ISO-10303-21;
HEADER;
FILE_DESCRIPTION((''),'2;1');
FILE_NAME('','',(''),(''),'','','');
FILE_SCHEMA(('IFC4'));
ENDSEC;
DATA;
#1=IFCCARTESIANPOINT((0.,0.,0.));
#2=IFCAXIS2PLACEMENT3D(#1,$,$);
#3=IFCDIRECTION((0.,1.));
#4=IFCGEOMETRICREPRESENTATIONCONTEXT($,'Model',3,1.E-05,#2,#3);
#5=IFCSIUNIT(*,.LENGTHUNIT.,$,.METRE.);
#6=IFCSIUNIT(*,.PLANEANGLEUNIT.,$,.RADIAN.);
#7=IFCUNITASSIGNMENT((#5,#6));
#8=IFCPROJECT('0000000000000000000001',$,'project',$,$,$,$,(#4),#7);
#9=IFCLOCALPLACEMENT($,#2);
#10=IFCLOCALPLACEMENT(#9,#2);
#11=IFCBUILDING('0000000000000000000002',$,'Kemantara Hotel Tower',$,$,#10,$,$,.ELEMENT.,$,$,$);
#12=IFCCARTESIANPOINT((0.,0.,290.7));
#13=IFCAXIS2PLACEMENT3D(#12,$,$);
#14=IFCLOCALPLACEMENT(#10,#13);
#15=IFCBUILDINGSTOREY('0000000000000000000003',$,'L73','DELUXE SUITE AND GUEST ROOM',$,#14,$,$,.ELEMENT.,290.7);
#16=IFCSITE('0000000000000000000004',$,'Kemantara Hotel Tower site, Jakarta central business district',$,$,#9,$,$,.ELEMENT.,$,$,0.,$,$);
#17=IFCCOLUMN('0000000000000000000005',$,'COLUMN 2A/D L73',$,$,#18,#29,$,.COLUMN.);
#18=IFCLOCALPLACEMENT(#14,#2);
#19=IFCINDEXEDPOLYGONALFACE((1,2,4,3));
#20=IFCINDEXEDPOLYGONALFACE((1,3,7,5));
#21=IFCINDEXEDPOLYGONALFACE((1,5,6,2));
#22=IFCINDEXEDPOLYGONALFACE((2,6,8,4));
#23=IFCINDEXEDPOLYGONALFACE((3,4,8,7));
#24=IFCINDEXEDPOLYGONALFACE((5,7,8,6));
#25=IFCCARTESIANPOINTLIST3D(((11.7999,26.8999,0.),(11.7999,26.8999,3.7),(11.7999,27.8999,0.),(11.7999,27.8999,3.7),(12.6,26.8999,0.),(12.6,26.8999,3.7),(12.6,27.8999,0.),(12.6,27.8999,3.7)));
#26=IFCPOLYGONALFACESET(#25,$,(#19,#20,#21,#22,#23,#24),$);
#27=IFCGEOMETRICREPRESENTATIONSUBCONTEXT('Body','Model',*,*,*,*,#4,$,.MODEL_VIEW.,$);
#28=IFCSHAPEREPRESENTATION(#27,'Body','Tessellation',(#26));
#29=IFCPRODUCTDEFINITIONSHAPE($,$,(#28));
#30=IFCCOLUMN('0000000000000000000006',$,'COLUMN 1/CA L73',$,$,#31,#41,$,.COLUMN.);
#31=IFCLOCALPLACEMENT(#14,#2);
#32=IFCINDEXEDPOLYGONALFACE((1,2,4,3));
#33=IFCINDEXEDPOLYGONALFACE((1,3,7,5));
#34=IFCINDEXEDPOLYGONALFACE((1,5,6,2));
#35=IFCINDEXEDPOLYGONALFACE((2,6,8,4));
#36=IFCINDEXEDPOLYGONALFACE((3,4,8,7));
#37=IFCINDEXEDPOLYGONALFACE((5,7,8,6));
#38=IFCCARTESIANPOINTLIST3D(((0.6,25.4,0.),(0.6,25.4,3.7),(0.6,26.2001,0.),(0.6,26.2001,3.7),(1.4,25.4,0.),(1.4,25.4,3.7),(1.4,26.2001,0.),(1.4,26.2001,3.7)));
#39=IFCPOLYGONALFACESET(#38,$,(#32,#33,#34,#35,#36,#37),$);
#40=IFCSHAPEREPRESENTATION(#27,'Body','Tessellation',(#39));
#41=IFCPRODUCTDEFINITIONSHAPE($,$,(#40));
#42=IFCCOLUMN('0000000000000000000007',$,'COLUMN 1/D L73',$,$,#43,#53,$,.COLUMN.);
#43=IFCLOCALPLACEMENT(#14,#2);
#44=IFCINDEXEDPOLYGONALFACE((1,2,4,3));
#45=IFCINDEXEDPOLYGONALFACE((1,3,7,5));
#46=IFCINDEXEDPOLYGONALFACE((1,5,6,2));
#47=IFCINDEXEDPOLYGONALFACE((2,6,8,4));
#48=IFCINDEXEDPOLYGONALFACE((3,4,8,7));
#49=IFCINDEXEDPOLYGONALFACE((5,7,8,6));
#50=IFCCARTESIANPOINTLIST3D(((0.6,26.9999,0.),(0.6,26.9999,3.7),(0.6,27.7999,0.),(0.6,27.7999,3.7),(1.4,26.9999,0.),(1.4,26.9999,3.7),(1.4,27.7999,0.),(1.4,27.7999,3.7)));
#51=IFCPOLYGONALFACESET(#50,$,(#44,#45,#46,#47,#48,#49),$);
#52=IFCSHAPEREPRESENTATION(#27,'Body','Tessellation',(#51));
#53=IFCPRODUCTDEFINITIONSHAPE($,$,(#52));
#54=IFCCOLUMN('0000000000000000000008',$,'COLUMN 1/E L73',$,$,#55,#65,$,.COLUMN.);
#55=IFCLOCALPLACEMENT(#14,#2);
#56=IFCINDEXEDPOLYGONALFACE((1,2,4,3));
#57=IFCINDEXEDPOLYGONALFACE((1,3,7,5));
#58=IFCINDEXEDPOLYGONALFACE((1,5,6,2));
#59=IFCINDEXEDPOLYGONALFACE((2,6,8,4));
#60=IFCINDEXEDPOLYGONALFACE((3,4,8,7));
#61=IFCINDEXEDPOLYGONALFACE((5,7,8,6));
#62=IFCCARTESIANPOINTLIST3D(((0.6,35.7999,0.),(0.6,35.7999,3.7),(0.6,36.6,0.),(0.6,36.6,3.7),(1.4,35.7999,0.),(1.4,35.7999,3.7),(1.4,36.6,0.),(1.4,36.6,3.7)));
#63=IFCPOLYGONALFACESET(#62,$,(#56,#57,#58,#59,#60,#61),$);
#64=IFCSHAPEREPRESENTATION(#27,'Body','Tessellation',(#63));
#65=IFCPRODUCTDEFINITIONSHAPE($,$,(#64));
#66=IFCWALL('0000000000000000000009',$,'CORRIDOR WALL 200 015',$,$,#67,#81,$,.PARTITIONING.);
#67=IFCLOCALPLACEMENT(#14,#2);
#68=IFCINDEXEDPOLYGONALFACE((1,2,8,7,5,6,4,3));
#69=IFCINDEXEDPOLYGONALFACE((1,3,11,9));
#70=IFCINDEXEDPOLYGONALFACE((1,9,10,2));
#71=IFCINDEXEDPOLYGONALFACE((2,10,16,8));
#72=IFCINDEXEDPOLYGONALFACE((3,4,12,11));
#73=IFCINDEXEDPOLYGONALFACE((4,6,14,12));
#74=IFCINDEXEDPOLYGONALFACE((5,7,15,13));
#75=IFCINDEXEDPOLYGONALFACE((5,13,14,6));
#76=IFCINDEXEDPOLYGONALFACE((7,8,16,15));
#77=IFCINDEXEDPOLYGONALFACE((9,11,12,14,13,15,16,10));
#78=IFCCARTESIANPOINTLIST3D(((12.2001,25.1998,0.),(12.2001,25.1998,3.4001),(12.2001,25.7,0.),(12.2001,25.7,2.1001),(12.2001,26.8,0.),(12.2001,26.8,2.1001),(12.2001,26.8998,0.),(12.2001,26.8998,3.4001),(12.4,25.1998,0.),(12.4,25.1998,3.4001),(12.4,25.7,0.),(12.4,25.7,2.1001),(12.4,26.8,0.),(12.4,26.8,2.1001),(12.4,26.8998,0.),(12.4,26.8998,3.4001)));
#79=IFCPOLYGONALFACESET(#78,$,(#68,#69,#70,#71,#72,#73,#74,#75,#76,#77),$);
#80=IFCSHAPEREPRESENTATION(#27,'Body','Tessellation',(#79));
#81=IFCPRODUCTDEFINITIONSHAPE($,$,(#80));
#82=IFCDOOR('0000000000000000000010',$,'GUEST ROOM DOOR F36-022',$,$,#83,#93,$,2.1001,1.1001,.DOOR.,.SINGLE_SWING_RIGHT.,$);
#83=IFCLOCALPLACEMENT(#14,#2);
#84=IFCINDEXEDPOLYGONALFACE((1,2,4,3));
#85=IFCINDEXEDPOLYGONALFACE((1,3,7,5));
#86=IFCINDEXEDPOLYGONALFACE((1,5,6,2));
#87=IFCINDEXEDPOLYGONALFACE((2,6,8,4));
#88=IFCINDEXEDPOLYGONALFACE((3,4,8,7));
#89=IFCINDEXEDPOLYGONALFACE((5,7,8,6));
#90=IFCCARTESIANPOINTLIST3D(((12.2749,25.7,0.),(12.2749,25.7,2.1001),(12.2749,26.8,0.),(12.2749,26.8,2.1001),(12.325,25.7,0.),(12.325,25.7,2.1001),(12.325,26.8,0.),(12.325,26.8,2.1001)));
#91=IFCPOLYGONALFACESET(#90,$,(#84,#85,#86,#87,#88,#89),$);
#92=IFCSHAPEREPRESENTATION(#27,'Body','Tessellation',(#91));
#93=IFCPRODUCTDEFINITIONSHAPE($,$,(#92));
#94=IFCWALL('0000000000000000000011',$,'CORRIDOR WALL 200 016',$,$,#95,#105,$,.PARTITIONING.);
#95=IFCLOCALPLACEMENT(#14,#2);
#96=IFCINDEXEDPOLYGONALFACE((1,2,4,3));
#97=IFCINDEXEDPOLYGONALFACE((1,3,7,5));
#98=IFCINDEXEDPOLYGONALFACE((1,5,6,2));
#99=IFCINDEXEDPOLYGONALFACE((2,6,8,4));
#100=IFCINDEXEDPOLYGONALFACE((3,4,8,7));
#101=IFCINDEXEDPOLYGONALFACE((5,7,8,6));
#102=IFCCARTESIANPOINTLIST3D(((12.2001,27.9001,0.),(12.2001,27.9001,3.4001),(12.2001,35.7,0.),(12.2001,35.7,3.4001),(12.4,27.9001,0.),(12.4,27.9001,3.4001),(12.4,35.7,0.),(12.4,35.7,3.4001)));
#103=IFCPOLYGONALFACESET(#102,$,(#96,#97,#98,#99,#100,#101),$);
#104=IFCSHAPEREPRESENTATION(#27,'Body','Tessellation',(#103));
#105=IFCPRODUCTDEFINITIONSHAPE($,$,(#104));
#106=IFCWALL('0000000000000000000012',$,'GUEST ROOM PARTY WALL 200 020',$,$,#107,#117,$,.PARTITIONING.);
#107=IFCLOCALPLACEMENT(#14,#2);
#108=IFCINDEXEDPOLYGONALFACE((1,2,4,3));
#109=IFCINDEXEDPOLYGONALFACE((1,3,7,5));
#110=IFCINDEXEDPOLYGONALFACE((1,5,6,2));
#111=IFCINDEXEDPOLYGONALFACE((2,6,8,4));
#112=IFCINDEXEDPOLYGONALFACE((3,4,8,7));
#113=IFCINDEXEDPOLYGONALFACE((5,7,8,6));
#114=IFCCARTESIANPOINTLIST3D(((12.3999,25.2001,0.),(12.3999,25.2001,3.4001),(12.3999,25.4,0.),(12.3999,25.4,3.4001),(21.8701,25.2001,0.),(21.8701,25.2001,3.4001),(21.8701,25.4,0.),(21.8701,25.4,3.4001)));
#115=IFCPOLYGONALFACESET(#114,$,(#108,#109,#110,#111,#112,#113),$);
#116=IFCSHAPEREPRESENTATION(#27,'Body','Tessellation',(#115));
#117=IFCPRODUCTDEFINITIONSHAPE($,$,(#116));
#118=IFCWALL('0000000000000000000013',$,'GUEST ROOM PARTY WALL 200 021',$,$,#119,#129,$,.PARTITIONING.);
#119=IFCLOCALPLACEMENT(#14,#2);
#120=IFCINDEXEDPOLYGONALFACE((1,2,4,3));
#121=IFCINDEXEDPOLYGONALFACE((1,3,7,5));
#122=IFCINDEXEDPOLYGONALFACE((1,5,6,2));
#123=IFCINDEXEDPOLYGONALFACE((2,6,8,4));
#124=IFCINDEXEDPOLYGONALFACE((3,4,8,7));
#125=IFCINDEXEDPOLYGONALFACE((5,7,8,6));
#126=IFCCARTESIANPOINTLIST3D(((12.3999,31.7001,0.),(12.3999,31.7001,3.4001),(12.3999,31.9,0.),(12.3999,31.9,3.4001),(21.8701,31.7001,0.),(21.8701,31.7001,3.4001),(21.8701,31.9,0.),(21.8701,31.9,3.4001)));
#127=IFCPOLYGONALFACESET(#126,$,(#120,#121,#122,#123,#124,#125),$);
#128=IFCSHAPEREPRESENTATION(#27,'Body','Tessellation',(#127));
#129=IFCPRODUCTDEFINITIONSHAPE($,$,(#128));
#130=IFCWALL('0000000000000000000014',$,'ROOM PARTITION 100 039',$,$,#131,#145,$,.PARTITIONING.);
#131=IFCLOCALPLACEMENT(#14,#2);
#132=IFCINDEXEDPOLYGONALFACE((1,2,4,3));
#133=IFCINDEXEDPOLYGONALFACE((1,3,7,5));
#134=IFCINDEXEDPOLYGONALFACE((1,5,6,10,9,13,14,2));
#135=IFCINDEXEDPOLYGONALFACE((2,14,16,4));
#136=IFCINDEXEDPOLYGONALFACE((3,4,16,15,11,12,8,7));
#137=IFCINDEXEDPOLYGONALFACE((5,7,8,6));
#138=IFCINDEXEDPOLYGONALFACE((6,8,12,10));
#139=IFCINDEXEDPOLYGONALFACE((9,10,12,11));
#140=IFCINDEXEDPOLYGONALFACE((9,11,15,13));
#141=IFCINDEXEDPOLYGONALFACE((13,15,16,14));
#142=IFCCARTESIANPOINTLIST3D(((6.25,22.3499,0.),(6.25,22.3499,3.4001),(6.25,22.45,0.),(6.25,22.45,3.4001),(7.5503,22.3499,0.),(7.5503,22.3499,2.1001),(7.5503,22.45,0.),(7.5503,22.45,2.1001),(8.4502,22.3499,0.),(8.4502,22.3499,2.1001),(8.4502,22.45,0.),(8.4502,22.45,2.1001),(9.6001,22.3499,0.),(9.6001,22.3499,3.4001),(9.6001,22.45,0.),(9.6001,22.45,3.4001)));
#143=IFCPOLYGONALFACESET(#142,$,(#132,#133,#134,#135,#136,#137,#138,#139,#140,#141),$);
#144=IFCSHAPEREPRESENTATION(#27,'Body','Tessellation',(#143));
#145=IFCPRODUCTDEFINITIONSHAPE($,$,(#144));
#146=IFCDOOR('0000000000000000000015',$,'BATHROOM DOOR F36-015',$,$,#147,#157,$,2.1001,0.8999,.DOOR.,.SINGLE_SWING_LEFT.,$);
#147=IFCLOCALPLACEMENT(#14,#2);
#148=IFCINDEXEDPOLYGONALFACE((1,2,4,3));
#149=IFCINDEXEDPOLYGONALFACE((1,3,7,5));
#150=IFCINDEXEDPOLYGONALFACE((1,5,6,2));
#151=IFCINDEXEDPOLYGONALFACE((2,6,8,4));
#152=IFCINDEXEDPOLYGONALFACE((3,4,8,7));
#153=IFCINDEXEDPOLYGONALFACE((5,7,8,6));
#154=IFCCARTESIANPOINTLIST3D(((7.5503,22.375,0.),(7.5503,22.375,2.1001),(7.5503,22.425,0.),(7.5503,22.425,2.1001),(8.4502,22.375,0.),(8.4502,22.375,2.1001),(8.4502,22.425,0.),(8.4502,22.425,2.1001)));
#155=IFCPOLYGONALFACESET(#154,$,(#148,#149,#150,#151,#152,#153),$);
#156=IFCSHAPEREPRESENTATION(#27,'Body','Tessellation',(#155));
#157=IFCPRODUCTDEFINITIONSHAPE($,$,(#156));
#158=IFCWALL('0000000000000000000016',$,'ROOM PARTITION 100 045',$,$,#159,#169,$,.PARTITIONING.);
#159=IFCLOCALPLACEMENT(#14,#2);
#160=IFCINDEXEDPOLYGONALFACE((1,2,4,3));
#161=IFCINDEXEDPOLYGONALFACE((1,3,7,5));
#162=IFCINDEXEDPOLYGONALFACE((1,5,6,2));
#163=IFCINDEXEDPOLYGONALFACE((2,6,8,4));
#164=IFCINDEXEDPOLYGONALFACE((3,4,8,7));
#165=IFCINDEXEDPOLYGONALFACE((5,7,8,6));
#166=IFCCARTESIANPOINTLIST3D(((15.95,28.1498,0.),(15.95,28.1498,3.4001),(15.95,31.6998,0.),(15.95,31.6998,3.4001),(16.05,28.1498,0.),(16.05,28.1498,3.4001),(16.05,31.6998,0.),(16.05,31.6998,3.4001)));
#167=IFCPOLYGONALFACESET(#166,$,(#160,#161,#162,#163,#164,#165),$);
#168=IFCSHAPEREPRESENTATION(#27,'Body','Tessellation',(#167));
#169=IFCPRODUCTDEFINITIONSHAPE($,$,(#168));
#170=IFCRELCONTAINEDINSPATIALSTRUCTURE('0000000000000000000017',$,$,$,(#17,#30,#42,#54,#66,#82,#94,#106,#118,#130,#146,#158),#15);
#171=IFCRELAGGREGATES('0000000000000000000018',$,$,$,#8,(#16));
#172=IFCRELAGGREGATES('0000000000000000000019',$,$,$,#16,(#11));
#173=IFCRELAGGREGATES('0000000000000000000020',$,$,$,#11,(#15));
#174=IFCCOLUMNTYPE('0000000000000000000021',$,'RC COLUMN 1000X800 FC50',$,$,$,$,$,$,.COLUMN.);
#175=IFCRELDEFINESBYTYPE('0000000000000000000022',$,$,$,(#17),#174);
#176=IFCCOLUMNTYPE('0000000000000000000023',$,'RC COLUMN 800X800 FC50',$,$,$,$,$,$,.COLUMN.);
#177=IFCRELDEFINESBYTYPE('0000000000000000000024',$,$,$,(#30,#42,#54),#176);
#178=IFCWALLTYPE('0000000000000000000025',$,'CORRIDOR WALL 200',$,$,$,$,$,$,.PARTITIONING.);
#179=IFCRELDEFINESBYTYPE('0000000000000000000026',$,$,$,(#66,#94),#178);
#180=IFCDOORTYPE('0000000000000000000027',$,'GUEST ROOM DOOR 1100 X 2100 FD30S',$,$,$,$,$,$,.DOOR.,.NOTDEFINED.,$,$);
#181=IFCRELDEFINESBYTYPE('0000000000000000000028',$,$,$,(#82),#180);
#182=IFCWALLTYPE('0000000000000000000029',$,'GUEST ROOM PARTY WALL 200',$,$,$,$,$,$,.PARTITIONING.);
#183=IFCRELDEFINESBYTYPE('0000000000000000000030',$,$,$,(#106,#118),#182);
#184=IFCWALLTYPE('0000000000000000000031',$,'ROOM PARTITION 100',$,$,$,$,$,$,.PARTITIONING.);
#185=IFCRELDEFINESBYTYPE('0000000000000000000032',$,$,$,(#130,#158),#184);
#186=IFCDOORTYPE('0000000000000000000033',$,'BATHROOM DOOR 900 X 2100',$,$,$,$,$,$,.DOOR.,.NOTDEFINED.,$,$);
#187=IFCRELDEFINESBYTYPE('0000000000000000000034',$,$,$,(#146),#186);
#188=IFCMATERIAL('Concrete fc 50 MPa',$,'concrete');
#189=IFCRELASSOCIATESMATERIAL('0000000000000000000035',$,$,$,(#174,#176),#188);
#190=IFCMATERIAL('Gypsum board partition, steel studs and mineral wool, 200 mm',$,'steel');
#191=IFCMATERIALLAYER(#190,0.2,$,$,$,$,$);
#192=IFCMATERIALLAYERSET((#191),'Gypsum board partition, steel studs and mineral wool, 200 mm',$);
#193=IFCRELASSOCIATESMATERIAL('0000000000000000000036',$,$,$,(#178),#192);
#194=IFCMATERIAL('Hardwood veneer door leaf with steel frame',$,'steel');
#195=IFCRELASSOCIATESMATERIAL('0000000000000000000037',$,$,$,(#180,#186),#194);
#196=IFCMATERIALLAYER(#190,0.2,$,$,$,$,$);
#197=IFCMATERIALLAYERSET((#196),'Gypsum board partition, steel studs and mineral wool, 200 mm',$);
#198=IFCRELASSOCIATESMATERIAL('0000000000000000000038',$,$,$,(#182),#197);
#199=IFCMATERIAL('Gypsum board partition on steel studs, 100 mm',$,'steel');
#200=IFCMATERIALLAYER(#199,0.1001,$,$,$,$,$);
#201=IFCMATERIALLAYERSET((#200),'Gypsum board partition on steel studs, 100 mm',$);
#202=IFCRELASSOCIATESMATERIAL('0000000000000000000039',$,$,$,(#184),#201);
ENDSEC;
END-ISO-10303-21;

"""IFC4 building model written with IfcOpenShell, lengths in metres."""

from ifc_helpers import new_model, si_unit, direction, frame, frame_2d, origin, origin_2d, place, context, subcontext, project, spatial, rectangle, extrude, material, layer, layer_set, material_profile, profile_set, type_object, element, fill, save


model = new_model("IFC4")

# Units and contexts
model_context = context("Model", 3, precision=1e-05, world=origin(), true_north=direction((0.0, 1.0)))
body_context = subcontext(model_context, "Body", "Model", "MODEL_VIEW")
ifc_project = project(units=[si_unit("LENGTHUNIT", "METRE"), si_unit("PLANEANGLEUNIT", "RADIAN")], contexts=[model_context])

# Site, building, storey
site_placement = place(None, origin())
site = spatial("IfcSite", under=ifc_project, at=site_placement, Name="Kemantara Hotel Tower site, Jakarta central business district", CompositionType="ELEMENT", RefElevation=0.0)
building_placement = place(site_placement, origin())
building = spatial("IfcBuilding", under=site, at=building_placement, Name="Kemantara Hotel Tower", CompositionType="ELEMENT")
storey_placement = place(building_placement, frame((0.0, 0.0, 290.7)))
storey = spatial("IfcBuildingStorey", under=building, at=storey_placement, Name="L73", Description="DELUXE SUITE AND GUEST ROOM", CompositionType="ELEMENT", Elevation=290.7)

# Columns
ifc_material_1 = material(Name="Concrete fc 50 MPa", Category="concrete")
ifc_material_profile_1 = material_profile(ifc_material_1, rectangle(XDim=1.0, YDim=0.8, at=origin_2d()), Name="RC 1000X800")
ifc_profile_set_1 = profile_set([ifc_material_profile_1], Name="Concrete fc 50 MPa")
column_type_1 = type_object("IfcColumnType", Name="RC COLUMN 1000X800 FC50", PredefinedType="COLUMN", material=ifc_profile_set_1)
column_placement = place(storey_placement, frame((12.2, 27.3999, 0.0), z_axis=(0.0, 0.0, 1.0), x_axis=(0.0, 1.0, 0.0)))
element("IfcColumn", 1, at=column_placement, inside=storey, type_object=column_type_1, Name="COLUMN 2A/D L73", PredefinedType="COLUMN", context=body_context, shape_type="SweptSolid", body=[
    extrude(rectangle(XDim=1.0, YDim=0.8, at=origin_2d()), origin(), (0.0, 0.0, 1.0), 3.7),
])
ifc_material_profile_2 = material_profile(ifc_material_1, rectangle(XDim=0.8, YDim=0.8, at=origin_2d()), Name="RC 800X800")
ifc_profile_set_2 = profile_set([ifc_material_profile_2], Name="Concrete fc 50 MPa")
column_type_2 = type_object("IfcColumnType", Name="RC COLUMN 800X800 FC50", PredefinedType="COLUMN", material=ifc_profile_set_2)
for number, where, z_axis, x_axis, name in (
    (2, (1.0, 25.8, 0.0), (0.0, 0.0, 1.0), (1.0, 0.0, 0.0), "COLUMN 1/CA L73"),
    (3, (1.0, 27.3999, 0.0), (0.0, 0.0, 1.0), (1.0, 0.0, 0.0), "COLUMN 1/D L73"),
    (4, (1.0, 36.2, 0.0), (0.0, 0.0, 1.0), (1.0, 0.0, 0.0), "COLUMN 1/E L73"),
):
    element("IfcColumn", number, at=place(storey_placement, frame(where, z_axis=z_axis, x_axis=x_axis)), inside=storey, type_object=column_type_2, Name=name, PredefinedType="COLUMN", context=body_context, shape_type="SweptSolid", body=[
        extrude(rectangle(XDim=0.8, YDim=0.8, at=origin_2d()), origin(), (0.0, 0.0, 1.0), 3.7),
    ])

# Wall, opening, door
ifc_material_2 = material(Name="Gypsum board partition, steel studs and mineral wool, 200 mm", Category="steel")
ifc_layer_1 = layer(ifc_material_2, 0.2)
ifc_layer_set_1 = layer_set([ifc_layer_1], Name="Gypsum board partition, steel studs and mineral wool, 200 mm")
wall_type_1 = type_object("IfcWallType", Name="CORRIDOR WALL 200", PredefinedType="PARTITIONING", material=ifc_layer_set_1)
wall_1_placement = place(storey_placement, frame((12.3, 26.8999, 0.0), z_axis=(0.0, 0.0, 1.0), x_axis=(0.0, -1.0, 0.0)))
wall_1 = element("IfcWall", 5, at=wall_1_placement, inside=storey, type_object=wall_type_1, Name="CORRIDOR WALL 200 015", PredefinedType="PARTITIONING", context=body_context, shape_type="SweptSolid", body=[
    extrude(rectangle(XDim=1.7, YDim=0.2, at=frame_2d((0.8501, 0.0))), origin(), (0.0, 0.0, 1.0), 3.4001),
])
opening_1_placement = place(wall_1_placement, frame((0.0999, 0.0, 0.0)))
opening_1 = element("IfcOpeningElement", 6, at=opening_1_placement, cuts=wall_1, PredefinedType="OPENING", context=body_context, shape_type="SweptSolid", body=[
    extrude(rectangle(XDim=1.1001, YDim=2.1001, at=frame_2d((0.55, 1.05))), frame((0.0, 0.1099, 0.0), z_axis=(0.0, -1.0, 0.0), x_axis=(1.0, 0.0, 0.0)), (0.0, 0.0, 1.0), 0.22),
])
ifc_material_3 = material(Name="Hardwood veneer door leaf with steel frame", Category="steel")
door_type_1 = type_object("IfcDoorType", Name="GUEST ROOM DOOR 1100 X 2100 FD30S", OperationType="NOTDEFINED", PredefinedType="DOOR", material=ifc_material_3)
door_1_placement = place(opening_1_placement, origin())
door_1 = element("IfcDoor", 7, at=door_1_placement, inside=storey, type_object=door_type_1, Name="GUEST ROOM DOOR F36-022", OperationType="SINGLE_SWING_RIGHT", OverallHeight=2.1001, OverallWidth=1.1001, PredefinedType="DOOR", context=body_context, shape_type="SweptSolid", body=[
    extrude(rectangle(XDim=1.1001, YDim=2.1001, at=frame_2d((0.55, 1.05))), frame((0.0, 0.0249, 0.0), z_axis=(0.0, -1.0, 0.0), x_axis=(1.0, 0.0, 0.0)), (0.0, 0.0, 1.0), 0.05),
])
fill(opening_1, door_1)

# Walls
wall_2_placement = place(storey_placement, frame((12.3, 27.9001, 0.0), z_axis=(0.0, 0.0, 1.0), x_axis=(0.0, 1.0, 0.0)))
element("IfcWall", 8, at=wall_2_placement, inside=storey, type_object=wall_type_1, Name="CORRIDOR WALL 200 016", PredefinedType="PARTITIONING", context=body_context, shape_type="SweptSolid", body=[
    extrude(rectangle(XDim=7.7998, YDim=0.2, at=frame_2d((3.8999, 0.0))), origin(), (0.0, 0.0, 1.0), 3.4001),
])
ifc_layer_2 = layer(ifc_material_2, 0.2)
ifc_layer_set_2 = layer_set([ifc_layer_2], Name="Gypsum board partition, steel studs and mineral wool, 200 mm")
wall_type_2 = type_object("IfcWallType", Name="GUEST ROOM PARTY WALL 200", PredefinedType="PARTITIONING", material=ifc_layer_set_2)
for number, where, z_axis, x_axis, name in (
    (9, (12.3999, 25.3, 0.0), (0.0, 0.0, 1.0), (1.0, 0.0, 0.0), "GUEST ROOM PARTY WALL 200 020"),
    (10, (12.3999, 31.8, 0.0), (0.0, 0.0, 1.0), (1.0, 0.0, 0.0), "GUEST ROOM PARTY WALL 200 021"),
):
    element("IfcWall", number, at=place(storey_placement, frame(where, z_axis=z_axis, x_axis=x_axis)), inside=storey, type_object=wall_type_2, Name=name, PredefinedType="PARTITIONING", context=body_context, shape_type="SweptSolid", body=[
        extrude(rectangle(XDim=9.4702, YDim=0.2, at=frame_2d((4.7351, 0.0))), origin(), (0.0, 0.0, 1.0), 3.4001),
    ])

# Wall, opening, door
ifc_material_4 = material(Name="Gypsum board partition on steel studs, 100 mm", Category="steel")
ifc_layer_3 = layer(ifc_material_4, 0.1001)
ifc_layer_set_3 = layer_set([ifc_layer_3], Name="Gypsum board partition on steel studs, 100 mm")
wall_type_3 = type_object("IfcWallType", Name="ROOM PARTITION 100", PredefinedType="PARTITIONING", material=ifc_layer_set_3)
wall_3_placement = place(storey_placement, frame((9.6001, 22.3999, 0.0), z_axis=(0.0, 0.0, 1.0), x_axis=(-1.0, 0.0, 0.0)))
wall_3 = element("IfcWall", 11, at=wall_3_placement, inside=storey, type_object=wall_type_3, Name="ROOM PARTITION 100 039", PredefinedType="PARTITIONING", context=body_context, shape_type="SweptSolid", body=[
    extrude(rectangle(XDim=3.3501, YDim=0.1001, at=frame_2d((1.675, 0.0))), origin(), (0.0, 0.0, 1.0), 3.4001),
])
opening_2_placement = place(wall_3_placement, frame((1.1499, 0.0, 0.0)))
opening_2 = element("IfcOpeningElement", 12, at=opening_2_placement, cuts=wall_3, PredefinedType="OPENING", context=body_context, shape_type="SweptSolid", body=[
    extrude(rectangle(XDim=0.8999, YDim=2.1001, at=frame_2d((0.45, 1.05))), frame((0.0, 0.0601, 0.0), z_axis=(0.0, -1.0, 0.0), x_axis=(1.0, 0.0, 0.0)), (0.0, 0.0, 1.0), 0.1201),
])
door_type_2 = type_object("IfcDoorType", Name="BATHROOM DOOR 900 X 2100", OperationType="NOTDEFINED", PredefinedType="DOOR", material=ifc_material_3)
door_2_placement = place(opening_2_placement, origin())
door_2 = element("IfcDoor", 13, at=door_2_placement, inside=storey, type_object=door_type_2, Name="BATHROOM DOOR F36-015", OperationType="SINGLE_SWING_LEFT", OverallHeight=2.1001, OverallWidth=0.8999, PredefinedType="DOOR", context=body_context, shape_type="SweptSolid", body=[
    extrude(rectangle(XDim=0.8999, YDim=2.1001, at=frame_2d((0.45, 1.05))), frame((0.0, 0.0249, 0.0), z_axis=(0.0, -1.0, 0.0), x_axis=(1.0, 0.0, 0.0)), (0.0, 0.0, 1.0), 0.05),
])
fill(opening_2, door_2)

# Wall
wall_4_placement = place(storey_placement, frame((16.0, 28.1499, 0.0), z_axis=(0.0, 0.0, 1.0), x_axis=(0.0, 1.0, 0.0)))
element("IfcWall", 14, at=wall_4_placement, inside=storey, type_object=wall_type_3, Name="ROOM PARTITION 100 045", PredefinedType="PARTITIONING", context=body_context, shape_type="SweptSolid", body=[
    extrude(rectangle(XDim=3.55, YDim=0.1001, at=frame_2d((1.7749, 0.0))), origin(), (0.0, 0.0, 1.0), 3.4001),
])

save(model, "model.ifc")
